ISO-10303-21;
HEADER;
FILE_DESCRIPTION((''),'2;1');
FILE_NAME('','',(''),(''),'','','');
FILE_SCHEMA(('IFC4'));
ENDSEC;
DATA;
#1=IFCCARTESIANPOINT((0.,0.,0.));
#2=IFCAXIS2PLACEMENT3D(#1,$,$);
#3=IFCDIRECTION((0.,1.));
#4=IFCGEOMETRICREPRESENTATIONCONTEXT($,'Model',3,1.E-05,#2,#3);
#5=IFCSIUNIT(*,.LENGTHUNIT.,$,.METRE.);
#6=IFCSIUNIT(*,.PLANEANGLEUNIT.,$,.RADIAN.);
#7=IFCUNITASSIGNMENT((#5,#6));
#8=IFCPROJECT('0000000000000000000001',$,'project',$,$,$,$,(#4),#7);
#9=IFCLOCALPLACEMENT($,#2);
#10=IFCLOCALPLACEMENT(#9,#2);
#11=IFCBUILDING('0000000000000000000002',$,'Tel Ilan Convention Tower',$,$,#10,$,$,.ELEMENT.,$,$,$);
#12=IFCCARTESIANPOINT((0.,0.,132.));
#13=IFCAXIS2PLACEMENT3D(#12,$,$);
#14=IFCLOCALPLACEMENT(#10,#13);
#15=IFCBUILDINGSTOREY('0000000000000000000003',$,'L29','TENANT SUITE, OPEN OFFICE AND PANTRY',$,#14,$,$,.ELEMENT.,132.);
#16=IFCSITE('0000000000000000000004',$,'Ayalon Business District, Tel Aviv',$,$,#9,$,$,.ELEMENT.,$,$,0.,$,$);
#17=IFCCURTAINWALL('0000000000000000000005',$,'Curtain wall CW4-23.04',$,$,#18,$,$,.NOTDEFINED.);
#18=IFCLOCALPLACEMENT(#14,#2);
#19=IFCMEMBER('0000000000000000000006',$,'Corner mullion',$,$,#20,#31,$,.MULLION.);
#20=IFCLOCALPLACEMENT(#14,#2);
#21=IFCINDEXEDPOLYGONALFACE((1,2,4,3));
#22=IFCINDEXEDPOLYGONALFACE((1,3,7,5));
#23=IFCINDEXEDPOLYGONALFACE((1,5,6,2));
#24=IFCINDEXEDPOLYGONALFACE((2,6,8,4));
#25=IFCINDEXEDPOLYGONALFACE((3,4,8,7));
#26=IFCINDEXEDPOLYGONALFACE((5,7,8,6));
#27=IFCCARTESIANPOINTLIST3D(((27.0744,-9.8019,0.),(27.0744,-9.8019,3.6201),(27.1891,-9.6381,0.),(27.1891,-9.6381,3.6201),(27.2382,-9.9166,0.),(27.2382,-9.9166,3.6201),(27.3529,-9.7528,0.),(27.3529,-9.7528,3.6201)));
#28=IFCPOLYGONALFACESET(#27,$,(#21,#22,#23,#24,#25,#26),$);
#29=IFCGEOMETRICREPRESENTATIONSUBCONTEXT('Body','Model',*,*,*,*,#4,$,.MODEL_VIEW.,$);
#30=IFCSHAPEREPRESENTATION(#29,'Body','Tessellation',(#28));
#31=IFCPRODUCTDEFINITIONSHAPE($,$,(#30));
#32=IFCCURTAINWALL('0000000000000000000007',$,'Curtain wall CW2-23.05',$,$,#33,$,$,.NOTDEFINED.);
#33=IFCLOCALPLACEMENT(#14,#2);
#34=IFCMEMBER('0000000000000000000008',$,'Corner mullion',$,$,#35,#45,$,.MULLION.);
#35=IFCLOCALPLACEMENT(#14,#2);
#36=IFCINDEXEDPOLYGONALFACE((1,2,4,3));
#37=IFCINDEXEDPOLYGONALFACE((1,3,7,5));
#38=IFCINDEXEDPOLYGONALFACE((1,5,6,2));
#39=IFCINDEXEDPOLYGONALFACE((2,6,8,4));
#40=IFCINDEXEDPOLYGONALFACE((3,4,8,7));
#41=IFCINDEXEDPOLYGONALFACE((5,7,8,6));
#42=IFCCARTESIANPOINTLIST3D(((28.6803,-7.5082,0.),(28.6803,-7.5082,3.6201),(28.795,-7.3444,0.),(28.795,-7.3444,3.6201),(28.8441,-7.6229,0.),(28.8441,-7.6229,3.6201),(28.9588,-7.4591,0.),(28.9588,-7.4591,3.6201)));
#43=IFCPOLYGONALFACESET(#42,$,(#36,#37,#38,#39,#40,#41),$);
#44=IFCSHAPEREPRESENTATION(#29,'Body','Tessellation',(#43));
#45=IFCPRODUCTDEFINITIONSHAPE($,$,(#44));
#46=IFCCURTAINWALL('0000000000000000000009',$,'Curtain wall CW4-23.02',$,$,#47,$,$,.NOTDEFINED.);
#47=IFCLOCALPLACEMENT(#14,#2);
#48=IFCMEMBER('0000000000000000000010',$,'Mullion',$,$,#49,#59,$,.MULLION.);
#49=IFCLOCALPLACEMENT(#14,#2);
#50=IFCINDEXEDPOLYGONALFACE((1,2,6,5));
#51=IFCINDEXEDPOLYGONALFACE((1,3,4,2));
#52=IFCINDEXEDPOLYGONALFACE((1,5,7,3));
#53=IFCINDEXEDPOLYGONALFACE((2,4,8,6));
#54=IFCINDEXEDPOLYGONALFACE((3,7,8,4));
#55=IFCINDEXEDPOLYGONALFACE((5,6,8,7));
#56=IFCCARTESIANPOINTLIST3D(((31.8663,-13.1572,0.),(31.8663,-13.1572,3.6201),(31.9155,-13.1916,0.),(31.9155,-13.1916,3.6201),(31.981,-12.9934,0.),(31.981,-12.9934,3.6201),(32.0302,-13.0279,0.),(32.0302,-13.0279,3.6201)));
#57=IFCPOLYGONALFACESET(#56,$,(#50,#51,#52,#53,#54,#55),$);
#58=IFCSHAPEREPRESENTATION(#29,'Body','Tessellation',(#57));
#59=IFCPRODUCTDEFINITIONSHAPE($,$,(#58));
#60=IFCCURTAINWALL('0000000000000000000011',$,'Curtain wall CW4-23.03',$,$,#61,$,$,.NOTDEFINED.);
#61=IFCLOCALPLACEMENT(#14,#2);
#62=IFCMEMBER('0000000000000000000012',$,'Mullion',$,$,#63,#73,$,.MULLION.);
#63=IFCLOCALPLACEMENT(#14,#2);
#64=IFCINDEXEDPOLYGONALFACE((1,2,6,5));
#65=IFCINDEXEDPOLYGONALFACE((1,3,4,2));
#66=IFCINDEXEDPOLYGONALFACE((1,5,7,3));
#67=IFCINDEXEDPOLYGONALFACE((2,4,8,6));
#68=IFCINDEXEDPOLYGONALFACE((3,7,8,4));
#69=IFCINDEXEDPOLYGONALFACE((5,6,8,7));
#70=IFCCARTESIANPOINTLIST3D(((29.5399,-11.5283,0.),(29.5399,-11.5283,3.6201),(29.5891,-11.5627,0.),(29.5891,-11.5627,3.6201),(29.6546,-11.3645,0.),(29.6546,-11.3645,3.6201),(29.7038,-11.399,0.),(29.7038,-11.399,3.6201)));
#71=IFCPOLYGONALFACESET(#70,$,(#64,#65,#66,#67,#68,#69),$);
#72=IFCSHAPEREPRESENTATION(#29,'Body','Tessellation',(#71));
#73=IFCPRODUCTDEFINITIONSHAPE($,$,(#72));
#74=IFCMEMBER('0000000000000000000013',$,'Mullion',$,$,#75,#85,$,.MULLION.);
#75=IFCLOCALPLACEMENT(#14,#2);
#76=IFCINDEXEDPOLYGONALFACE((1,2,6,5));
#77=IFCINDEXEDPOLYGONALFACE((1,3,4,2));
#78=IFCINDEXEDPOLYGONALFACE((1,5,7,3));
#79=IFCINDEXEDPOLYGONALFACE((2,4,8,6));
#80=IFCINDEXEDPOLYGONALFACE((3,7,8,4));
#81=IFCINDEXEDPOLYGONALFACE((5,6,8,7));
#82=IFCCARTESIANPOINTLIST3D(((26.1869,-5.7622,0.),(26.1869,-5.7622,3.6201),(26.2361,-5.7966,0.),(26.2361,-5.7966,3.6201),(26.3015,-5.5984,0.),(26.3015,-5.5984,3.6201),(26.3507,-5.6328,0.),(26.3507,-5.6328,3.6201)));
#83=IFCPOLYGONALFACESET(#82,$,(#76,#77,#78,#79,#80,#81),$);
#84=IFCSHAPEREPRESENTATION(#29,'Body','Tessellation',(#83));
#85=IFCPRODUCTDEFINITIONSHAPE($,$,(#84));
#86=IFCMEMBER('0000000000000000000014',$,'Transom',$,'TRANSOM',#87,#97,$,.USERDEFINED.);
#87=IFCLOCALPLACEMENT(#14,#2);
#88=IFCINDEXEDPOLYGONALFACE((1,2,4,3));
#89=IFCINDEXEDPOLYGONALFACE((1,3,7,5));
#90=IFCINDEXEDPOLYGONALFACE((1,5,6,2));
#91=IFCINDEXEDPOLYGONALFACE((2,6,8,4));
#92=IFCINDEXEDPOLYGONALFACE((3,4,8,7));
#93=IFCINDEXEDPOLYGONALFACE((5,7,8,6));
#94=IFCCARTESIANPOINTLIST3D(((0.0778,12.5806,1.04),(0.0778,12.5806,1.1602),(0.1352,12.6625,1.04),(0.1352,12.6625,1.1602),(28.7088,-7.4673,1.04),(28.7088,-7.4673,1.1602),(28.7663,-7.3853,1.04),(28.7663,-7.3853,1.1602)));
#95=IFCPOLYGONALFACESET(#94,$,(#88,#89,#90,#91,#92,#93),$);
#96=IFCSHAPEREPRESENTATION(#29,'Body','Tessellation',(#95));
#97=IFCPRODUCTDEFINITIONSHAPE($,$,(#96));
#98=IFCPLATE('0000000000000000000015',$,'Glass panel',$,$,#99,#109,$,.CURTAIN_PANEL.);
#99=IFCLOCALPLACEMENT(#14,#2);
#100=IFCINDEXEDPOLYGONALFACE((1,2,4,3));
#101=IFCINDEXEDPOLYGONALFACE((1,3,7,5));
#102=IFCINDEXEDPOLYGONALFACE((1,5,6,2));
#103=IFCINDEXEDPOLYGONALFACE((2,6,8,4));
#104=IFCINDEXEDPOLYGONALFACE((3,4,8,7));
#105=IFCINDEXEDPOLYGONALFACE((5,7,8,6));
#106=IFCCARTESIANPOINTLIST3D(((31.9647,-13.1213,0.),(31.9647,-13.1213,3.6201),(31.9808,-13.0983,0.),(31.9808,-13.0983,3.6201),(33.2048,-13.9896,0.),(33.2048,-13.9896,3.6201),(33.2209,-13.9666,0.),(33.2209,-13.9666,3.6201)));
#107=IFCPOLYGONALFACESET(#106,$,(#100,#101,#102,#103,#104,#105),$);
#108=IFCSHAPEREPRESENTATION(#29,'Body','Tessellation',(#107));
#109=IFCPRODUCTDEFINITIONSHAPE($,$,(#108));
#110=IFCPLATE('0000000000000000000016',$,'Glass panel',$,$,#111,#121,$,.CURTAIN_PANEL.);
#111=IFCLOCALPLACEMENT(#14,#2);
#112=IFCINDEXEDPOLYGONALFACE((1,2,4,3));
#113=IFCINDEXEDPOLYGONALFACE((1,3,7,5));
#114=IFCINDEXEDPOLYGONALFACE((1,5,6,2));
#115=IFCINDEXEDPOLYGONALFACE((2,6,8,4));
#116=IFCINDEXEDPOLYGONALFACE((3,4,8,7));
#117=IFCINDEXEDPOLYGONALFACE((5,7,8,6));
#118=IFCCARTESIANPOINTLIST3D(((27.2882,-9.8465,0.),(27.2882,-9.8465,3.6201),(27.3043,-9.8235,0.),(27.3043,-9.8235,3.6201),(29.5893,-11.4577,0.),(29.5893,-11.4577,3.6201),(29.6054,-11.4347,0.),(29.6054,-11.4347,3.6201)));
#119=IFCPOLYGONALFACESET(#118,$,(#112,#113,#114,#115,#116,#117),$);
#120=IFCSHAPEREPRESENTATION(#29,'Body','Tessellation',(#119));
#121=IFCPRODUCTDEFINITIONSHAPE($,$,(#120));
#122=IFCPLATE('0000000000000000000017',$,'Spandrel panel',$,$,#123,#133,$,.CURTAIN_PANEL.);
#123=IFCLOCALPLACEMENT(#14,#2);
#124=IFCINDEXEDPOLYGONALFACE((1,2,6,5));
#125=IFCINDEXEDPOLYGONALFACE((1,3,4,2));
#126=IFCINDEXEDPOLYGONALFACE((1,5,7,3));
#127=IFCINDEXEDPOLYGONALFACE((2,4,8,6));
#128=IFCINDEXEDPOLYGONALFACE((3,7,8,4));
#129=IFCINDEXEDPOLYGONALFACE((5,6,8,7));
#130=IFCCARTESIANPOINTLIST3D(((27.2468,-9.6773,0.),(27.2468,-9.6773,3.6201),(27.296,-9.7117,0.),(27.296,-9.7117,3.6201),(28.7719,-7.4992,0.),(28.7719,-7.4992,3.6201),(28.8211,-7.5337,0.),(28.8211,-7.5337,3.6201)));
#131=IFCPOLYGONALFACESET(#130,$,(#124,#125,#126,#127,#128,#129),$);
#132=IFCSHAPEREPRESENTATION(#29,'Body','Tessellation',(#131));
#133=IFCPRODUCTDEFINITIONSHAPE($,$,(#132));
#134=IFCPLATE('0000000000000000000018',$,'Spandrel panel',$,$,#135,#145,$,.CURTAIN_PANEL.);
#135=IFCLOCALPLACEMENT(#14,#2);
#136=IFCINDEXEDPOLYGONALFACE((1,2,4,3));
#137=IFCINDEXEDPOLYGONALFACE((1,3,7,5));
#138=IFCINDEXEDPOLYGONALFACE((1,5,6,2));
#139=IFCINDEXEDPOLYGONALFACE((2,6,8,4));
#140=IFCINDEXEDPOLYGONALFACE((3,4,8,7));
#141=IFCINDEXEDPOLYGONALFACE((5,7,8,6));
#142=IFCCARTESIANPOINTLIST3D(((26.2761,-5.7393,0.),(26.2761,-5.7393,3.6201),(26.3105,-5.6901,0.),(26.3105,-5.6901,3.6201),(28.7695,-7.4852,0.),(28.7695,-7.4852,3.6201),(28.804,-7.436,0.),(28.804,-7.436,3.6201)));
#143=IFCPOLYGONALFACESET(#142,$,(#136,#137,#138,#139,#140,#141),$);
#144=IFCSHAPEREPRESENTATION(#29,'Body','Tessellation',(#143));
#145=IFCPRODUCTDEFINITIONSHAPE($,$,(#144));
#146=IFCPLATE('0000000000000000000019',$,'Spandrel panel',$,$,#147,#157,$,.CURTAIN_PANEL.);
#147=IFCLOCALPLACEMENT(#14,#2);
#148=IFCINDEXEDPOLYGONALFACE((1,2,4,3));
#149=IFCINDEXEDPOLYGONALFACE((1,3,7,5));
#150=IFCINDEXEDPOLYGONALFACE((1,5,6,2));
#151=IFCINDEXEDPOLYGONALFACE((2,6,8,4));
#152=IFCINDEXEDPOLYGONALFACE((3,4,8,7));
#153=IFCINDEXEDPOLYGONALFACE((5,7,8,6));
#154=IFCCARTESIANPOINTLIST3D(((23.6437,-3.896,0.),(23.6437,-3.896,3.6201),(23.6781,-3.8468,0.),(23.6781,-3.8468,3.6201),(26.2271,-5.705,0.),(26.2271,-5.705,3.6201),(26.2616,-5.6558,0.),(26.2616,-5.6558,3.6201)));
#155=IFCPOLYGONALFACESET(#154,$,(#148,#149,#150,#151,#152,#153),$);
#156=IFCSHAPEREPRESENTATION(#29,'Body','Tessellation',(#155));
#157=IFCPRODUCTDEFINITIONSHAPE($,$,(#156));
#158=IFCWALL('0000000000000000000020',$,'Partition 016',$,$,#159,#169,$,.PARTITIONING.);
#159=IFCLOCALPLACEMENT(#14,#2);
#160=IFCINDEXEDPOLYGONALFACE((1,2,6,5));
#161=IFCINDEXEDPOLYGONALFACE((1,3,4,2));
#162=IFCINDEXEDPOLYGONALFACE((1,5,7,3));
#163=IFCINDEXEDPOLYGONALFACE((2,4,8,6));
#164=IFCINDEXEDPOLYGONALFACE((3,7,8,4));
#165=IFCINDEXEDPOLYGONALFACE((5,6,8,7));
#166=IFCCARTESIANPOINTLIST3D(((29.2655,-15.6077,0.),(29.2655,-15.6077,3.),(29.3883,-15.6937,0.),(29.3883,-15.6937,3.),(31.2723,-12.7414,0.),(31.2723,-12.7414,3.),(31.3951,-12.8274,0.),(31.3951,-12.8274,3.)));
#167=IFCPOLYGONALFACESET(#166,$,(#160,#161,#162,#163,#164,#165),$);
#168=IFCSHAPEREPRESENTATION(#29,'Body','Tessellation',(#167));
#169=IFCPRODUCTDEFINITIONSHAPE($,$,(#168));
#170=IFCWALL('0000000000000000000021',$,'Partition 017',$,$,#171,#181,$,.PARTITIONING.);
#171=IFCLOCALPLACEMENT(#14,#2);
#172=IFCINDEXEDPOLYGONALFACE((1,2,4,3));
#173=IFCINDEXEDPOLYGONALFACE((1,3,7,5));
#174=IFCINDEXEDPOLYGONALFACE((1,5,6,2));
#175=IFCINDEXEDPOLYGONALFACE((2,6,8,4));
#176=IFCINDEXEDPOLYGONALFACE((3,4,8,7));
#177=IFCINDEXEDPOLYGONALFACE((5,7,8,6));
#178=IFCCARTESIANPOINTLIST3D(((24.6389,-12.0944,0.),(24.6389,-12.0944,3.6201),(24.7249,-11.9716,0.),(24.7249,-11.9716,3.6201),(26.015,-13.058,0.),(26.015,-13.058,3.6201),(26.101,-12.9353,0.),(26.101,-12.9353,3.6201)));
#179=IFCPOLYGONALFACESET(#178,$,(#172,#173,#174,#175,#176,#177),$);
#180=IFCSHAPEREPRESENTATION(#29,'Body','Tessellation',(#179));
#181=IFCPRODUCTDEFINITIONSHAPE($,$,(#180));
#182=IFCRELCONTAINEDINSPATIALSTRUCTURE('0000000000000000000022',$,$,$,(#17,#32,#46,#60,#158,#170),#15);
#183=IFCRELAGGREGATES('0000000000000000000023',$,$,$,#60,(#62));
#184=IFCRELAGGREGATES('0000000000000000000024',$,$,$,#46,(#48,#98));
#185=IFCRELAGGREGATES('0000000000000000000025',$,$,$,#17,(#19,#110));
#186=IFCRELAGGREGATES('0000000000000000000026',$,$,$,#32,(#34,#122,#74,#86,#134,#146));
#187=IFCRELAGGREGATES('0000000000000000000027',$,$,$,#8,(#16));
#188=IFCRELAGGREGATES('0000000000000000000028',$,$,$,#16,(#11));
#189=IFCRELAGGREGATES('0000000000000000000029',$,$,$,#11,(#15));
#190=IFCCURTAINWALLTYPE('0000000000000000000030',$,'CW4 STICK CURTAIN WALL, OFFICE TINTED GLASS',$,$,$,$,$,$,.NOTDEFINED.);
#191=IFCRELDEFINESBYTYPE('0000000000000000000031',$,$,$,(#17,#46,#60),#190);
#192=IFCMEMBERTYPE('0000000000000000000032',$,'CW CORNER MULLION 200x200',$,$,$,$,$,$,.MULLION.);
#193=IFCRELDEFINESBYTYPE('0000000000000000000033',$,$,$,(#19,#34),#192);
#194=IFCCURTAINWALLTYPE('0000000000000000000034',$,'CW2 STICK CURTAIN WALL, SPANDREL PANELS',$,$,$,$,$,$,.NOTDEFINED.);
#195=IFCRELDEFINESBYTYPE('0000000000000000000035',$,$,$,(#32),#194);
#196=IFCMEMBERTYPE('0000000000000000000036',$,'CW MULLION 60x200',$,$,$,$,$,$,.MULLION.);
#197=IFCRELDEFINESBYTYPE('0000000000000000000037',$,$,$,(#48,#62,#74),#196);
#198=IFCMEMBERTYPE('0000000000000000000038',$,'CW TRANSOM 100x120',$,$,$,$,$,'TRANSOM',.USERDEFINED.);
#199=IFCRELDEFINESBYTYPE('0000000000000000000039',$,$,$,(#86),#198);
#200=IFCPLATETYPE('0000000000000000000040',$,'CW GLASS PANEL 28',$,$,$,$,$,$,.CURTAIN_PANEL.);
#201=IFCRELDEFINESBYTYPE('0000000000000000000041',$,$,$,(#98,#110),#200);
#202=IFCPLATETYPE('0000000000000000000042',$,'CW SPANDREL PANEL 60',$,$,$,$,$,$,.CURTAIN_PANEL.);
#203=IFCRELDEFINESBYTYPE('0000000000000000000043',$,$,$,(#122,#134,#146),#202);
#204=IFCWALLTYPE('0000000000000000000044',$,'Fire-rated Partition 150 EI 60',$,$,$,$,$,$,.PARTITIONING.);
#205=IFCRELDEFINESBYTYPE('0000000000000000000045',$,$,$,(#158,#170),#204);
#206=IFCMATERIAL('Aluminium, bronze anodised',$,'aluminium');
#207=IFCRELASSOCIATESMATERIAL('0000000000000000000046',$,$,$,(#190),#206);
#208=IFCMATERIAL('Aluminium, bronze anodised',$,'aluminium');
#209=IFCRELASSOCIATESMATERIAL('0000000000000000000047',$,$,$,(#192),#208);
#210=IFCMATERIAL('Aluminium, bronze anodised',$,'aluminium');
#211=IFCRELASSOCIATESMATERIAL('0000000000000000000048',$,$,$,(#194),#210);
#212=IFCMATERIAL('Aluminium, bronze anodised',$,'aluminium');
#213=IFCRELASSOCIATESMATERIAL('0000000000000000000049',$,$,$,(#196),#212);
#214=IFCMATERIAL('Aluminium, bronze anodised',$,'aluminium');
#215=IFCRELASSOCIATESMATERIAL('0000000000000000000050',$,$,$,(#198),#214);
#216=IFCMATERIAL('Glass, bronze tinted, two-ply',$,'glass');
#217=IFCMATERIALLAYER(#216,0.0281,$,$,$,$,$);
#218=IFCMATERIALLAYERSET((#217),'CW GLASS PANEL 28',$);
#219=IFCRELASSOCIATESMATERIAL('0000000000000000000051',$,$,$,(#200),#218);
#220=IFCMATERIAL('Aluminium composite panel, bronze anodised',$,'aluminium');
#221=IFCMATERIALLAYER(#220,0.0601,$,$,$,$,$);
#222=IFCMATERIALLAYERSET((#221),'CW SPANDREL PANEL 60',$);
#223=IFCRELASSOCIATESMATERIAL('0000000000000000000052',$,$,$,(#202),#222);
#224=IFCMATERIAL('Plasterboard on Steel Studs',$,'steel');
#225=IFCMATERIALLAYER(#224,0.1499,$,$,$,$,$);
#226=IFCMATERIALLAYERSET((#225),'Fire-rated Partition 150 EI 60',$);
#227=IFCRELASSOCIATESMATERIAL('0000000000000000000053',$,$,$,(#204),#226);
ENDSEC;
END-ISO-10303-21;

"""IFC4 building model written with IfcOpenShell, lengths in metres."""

from ifc_helpers import new_model, si_unit, direction, frame, frame_2d, origin, origin_2d, place, context, subcontext, project, spatial, rectangle, extrude, material, layer, layer_set, material_profile, profile_set, type_object, element, aggregate, save


model = new_model("IFC4")

# Units and contexts
model_context = context("Model", 3, precision=1e-05, world=origin(), true_north=direction((0.0, 1.0)))
body_context = subcontext(model_context, "Body", "Model", "MODEL_VIEW")
ifc_project = project(units=[si_unit("LENGTHUNIT", "METRE"), si_unit("PLANEANGLEUNIT", "RADIAN")], contexts=[model_context])

# Site, building, storey
site_placement = place(None, origin())
site = spatial("IfcSite", under=ifc_project, at=site_placement, Name="Ayalon Business District, Tel Aviv", CompositionType="ELEMENT", RefElevation=0.0)
building_placement = place(site_placement, origin())
building = spatial("IfcBuilding", under=site, at=building_placement, Name="Tel Ilan Convention Tower", CompositionType="ELEMENT")
storey_placement = place(building_placement, frame((0.0, 0.0, 132.0)))
storey = spatial("IfcBuildingStorey", under=building, at=storey_placement, Name="L29", Description="TENANT SUITE, OPEN OFFICE AND PANTRY", CompositionType="ELEMENT", Elevation=132.0)

# Curtain walls, members
ifc_material_1 = material(Name="Aluminium, bronze anodised", Category="aluminium")
curtain_wall_type_1 = type_object("IfcCurtainWallType", Name="CW4 STICK CURTAIN WALL, OFFICE TINTED GLASS", PredefinedType="NOTDEFINED", material=ifc_material_1)
curtain_wall_1_placement = place(storey_placement, origin())
curtain_wall_1 = element("IfcCurtainWall", 1, at=curtain_wall_1_placement, inside=storey, type_object=curtain_wall_type_1, Name="Curtain wall CW4-23.04", PredefinedType="NOTDEFINED")
ifc_material_2 = material(Name="Aluminium, bronze anodised", Category="aluminium")
ifc_material_profile_1 = material_profile(ifc_material_2, rectangle(XDim=0.2, YDim=0.2, at=origin_2d()), Name="CW CORNER MULLION 200x200")
ifc_profile_set_1 = profile_set([ifc_material_profile_1], Name="Aluminium, bronze anodised")
member_type_1 = type_object("IfcMemberType", Name="CW CORNER MULLION 200x200", PredefinedType="MULLION", material=ifc_profile_set_1)
member_1_placement = place(storey_placement, frame((27.2136, -9.7773, 0.0), z_axis=(0.0, 0.0, 1.0), x_axis=(-0.819152, 0.573576, 0.0)))
member_1 = element("IfcMember", 2, at=member_1_placement, type_object=member_type_1, Name="Corner mullion", PredefinedType="MULLION", context=body_context, shape_type="SweptSolid", body=[
    extrude(rectangle(XDim=0.2, YDim=0.2, at=origin_2d()), origin(), (0.0, 0.0, 1.0), 3.6201),
])
ifc_material_3 = material(Name="Aluminium, bronze anodised", Category="aluminium")
curtain_wall_type_2 = type_object("IfcCurtainWallType", Name="CW2 STICK CURTAIN WALL, SPANDREL PANELS", PredefinedType="NOTDEFINED", material=ifc_material_3)
curtain_wall_2_placement = place(storey_placement, origin())
curtain_wall_2 = element("IfcCurtainWall", 3, at=curtain_wall_2_placement, inside=storey, type_object=curtain_wall_type_2, Name="Curtain wall CW2-23.05", PredefinedType="NOTDEFINED")
member_2_placement = place(storey_placement, frame((28.8196, -7.4836, 0.0), z_axis=(0.0, 0.0, 1.0), x_axis=(0.573576, 0.819152, 0.0)))
member_2 = element("IfcMember", 4, at=member_2_placement, type_object=member_type_1, Name="Corner mullion", PredefinedType="MULLION", context=body_context, shape_type="SweptSolid", body=[
    extrude(rectangle(XDim=0.2, YDim=0.2, at=origin_2d()), origin(), (0.0, 0.0, 1.0), 3.6201),
])
curtain_wall_3_placement = place(storey_placement, origin())
curtain_wall_3 = element("IfcCurtainWall", 5, at=curtain_wall_3_placement, inside=storey, type_object=curtain_wall_type_1, Name="Curtain wall CW4-23.02", PredefinedType="NOTDEFINED")
ifc_material_4 = material(Name="Aluminium, bronze anodised", Category="aluminium")
ifc_material_profile_2 = material_profile(ifc_material_4, rectangle(XDim=0.0601, YDim=0.2, at=origin_2d()), Name="CW MULLION 60x200")
ifc_profile_set_2 = profile_set([ifc_material_profile_2], Name="Aluminium, bronze anodised")
member_type_2 = type_object("IfcMemberType", Name="CW MULLION 60x200", PredefinedType="MULLION", material=ifc_profile_set_2)
member_3_placement = place(storey_placement, frame((31.9482, -13.0925, 0.0), z_axis=(0.0, 0.0, 1.0), x_axis=(-0.819152, 0.573576, 0.0)))
member_3 = element("IfcMember", 6, at=member_3_placement, type_object=member_type_2, Name="Mullion", PredefinedType="MULLION", context=body_context, shape_type="SweptSolid", body=[
    extrude(rectangle(XDim=0.0601, YDim=0.2, at=origin_2d()), origin(), (0.0, 0.0, 1.0), 3.6201),
])
curtain_wall_4_placement = place(storey_placement, origin())
curtain_wall_4 = element("IfcCurtainWall", 7, at=curtain_wall_4_placement, inside=storey, type_object=curtain_wall_type_1, Name="Curtain wall CW4-23.03", PredefinedType="NOTDEFINED")
member_4_placement = place(storey_placement, frame((29.6218, -11.4636, 0.0), z_axis=(0.0, 0.0, 1.0), x_axis=(-0.819152, 0.573576, 0.0)))
member_4 = element("IfcMember", 8, at=member_4_placement, type_object=member_type_2, Name="Mullion", PredefinedType="MULLION", context=body_context, shape_type="SweptSolid", body=[
    extrude(rectangle(XDim=0.0601, YDim=0.2, at=origin_2d()), origin(), (0.0, 0.0, 1.0), 3.6201),
])
aggregate(curtain_wall_4, [member_4])

# Members
member_5_placement = place(storey_placement, frame((26.2688, -5.6975, 0.0), z_axis=(0.0, 0.0, 1.0), x_axis=(-0.819152, 0.573576, 0.0)))
member_5 = element("IfcMember", 9, at=member_5_placement, type_object=member_type_2, Name="Mullion", PredefinedType="MULLION", context=body_context, shape_type="SweptSolid", body=[
    extrude(rectangle(XDim=0.0601, YDim=0.2, at=origin_2d()), origin(), (0.0, 0.0, 1.0), 3.6201),
])
ifc_material_5 = material(Name="Aluminium, bronze anodised", Category="aluminium")
ifc_material_profile_3 = material_profile(ifc_material_5, rectangle(XDim=0.1001, YDim=0.1201, at=origin_2d()), Name="CW TRANSOM 100x120")
ifc_profile_set_3 = profile_set([ifc_material_profile_3], Name="Aluminium, bronze anodised")
member_type_3 = type_object("IfcMemberType", Name="CW TRANSOM 100x120", ElementType="TRANSOM", PredefinedType="USERDEFINED", material=ifc_profile_set_3)
member_6_placement = place(storey_placement, frame((28.7375, -7.4263, 1.1001), z_axis=(-0.81915, 0.573579, 0.0), x_axis=(-0.573579, -0.81915, 0.0)))
member_6 = element("IfcMember", 10, at=member_6_placement, type_object=member_type_3, Name="Transom", ObjectType="TRANSOM", PredefinedType="USERDEFINED", context=body_context, shape_type="SweptSolid", body=[
    extrude(rectangle(XDim=0.1001, YDim=0.1201, at=origin_2d()), origin(), (0.0, 0.0, 1.0), 34.9521),
])

# Plates
ifc_material_6 = material(Name="Glass, bronze tinted, two-ply", Category="glass")
ifc_layer_1 = layer(ifc_material_6, 0.0281)
ifc_layer_set_1 = layer_set([ifc_layer_1], Name="CW GLASS PANEL 28")
plate_type_1 = type_object("IfcPlateType", Name="CW GLASS PANEL 28", PredefinedType="CURTAIN_PANEL", material=ifc_layer_set_1)
plate_1_placement = place(storey_placement, frame((32.5928, -13.5439, 0.0), z_axis=(0.0, 0.0, 1.0), x_axis=(-0.819152, 0.573576, 0.0)))
plate_1 = element("IfcPlate", 11, at=plate_1_placement, type_object=plate_type_1, Name="Glass panel", PredefinedType="CURTAIN_PANEL", context=body_context, shape_type="SweptSolid", body=[
    extrude(rectangle(XDim=1.5139, YDim=0.0281, at=origin_2d()), origin(), (0.0, 0.0, 1.0), 3.6201),
])
aggregate(curtain_wall_3, [member_3, plate_1])
plate_2_placement = place(storey_placement, frame((28.4468, -10.6406, 0.0), z_axis=(0.0, 0.0, 1.0), x_axis=(-0.819152, 0.573576, 0.0)))
plate_2 = element("IfcPlate", 12, at=plate_2_placement, type_object=plate_type_1, Name="Glass panel", PredefinedType="CURTAIN_PANEL", context=body_context, shape_type="SweptSolid", body=[
    extrude(rectangle(XDim=2.8091, YDim=0.0281, at=origin_2d()), origin(), (0.0, 0.0, 1.0), 3.6201),
])
aggregate(curtain_wall_1, [member_1, plate_2])
ifc_material_7 = material(Name="Aluminium composite panel, bronze anodised", Category="aluminium")
ifc_layer_2 = layer(ifc_material_7, 0.0601)
ifc_layer_set_2 = layer_set([ifc_layer_2], Name="CW SPANDREL PANEL 60")
plate_type_2 = type_object("IfcPlateType", Name="CW SPANDREL PANEL 60", PredefinedType="CURTAIN_PANEL", material=ifc_layer_set_2)
plate_3_placement = place(storey_placement, frame((28.0339, -8.6055, 0.0), z_axis=(0.0, 0.0, 1.0), x_axis=(0.573576, 0.819152, 0.0)))
plate_3 = element("IfcPlate", 13, at=plate_3_placement, type_object=plate_type_2, Name="Spandrel panel", PredefinedType="CURTAIN_PANEL", context=body_context, shape_type="SweptSolid", body=[
    extrude(rectangle(XDim=2.6589, YDim=0.0601, at=origin_2d()), origin(), (0.0, 0.0, 1.0), 3.6201),
])
plate_4_placement = place(storey_placement, frame((27.54, -6.5876, 0.0), z_axis=(0.0, 0.0, 1.0), x_axis=(-0.819152, 0.573576, 0.0)))
plate_4 = element("IfcPlate", 14, at=plate_4_placement, type_object=plate_type_2, Name="Spandrel panel", PredefinedType="CURTAIN_PANEL", context=body_context, shape_type="SweptSolid", body=[
    extrude(rectangle(XDim=3.0439, YDim=0.0601, at=origin_2d()), origin(), (0.0, 0.0, 1.0), 3.6201),
])
plate_5_placement = place(storey_placement, frame((24.9526, -4.7759, 0.0), z_axis=(0.0, 0.0, 1.0), x_axis=(-0.819152, 0.573576, 0.0)))
plate_5 = element("IfcPlate", 15, at=plate_5_placement, type_object=plate_type_2, Name="Spandrel panel", PredefinedType="CURTAIN_PANEL", context=body_context, shape_type="SweptSolid", body=[
    extrude(rectangle(XDim=3.1538, YDim=0.0601, at=origin_2d()), origin(), (0.0, 0.0, 1.0), 3.6201),
])
aggregate(curtain_wall_2, [member_2, plate_3, member_5, member_6, plate_4, plate_5])

# Walls
ifc_material_8 = material(Name="Plasterboard on Steel Studs", Category="steel")
ifc_layer_3 = layer(ifc_material_8, 0.1499)
ifc_layer_set_3 = layer_set([ifc_layer_3], Name="Fire-rated Partition 150 EI 60")
wall_type_1 = type_object("IfcWallType", Name="Fire-rated Partition 150 EI 60", PredefinedType="PARTITIONING", material=ifc_layer_set_3)
wall_1_placement = place(storey_placement, frame((31.3337, -12.7844, 0.0), z_axis=(0.0, 0.0, 1.0), x_axis=(-0.573556, -0.819166, 0.0)))
element("IfcWall", 16, at=wall_1_placement, inside=storey, type_object=wall_type_1, Name="Partition 016", PredefinedType="PARTITIONING", context=body_context, shape_type="SweptSolid", body=[
    extrude(rectangle(XDim=3.499, YDim=0.1499, at=frame_2d((1.7495, 0.0))), origin(), (0.0, 0.0, 1.0), 3.0),
])
wall_2_placement = place(storey_placement, frame((26.0579, -12.9966, 0.0), z_axis=(0.0, 0.0, 1.0), x_axis=(-0.819109, 0.573638, 0.0)))
element("IfcWall", 17, at=wall_2_placement, inside=storey, type_object=wall_type_1, Name="Partition 017", PredefinedType="PARTITIONING", context=body_context, shape_type="SweptSolid", body=[
    extrude(rectangle(XDim=1.6799, YDim=0.1499, at=frame_2d((0.8398, 0.0))), origin(), (0.0, 0.0, 1.0), 3.6201),
])

save(model, "model.ifc")
